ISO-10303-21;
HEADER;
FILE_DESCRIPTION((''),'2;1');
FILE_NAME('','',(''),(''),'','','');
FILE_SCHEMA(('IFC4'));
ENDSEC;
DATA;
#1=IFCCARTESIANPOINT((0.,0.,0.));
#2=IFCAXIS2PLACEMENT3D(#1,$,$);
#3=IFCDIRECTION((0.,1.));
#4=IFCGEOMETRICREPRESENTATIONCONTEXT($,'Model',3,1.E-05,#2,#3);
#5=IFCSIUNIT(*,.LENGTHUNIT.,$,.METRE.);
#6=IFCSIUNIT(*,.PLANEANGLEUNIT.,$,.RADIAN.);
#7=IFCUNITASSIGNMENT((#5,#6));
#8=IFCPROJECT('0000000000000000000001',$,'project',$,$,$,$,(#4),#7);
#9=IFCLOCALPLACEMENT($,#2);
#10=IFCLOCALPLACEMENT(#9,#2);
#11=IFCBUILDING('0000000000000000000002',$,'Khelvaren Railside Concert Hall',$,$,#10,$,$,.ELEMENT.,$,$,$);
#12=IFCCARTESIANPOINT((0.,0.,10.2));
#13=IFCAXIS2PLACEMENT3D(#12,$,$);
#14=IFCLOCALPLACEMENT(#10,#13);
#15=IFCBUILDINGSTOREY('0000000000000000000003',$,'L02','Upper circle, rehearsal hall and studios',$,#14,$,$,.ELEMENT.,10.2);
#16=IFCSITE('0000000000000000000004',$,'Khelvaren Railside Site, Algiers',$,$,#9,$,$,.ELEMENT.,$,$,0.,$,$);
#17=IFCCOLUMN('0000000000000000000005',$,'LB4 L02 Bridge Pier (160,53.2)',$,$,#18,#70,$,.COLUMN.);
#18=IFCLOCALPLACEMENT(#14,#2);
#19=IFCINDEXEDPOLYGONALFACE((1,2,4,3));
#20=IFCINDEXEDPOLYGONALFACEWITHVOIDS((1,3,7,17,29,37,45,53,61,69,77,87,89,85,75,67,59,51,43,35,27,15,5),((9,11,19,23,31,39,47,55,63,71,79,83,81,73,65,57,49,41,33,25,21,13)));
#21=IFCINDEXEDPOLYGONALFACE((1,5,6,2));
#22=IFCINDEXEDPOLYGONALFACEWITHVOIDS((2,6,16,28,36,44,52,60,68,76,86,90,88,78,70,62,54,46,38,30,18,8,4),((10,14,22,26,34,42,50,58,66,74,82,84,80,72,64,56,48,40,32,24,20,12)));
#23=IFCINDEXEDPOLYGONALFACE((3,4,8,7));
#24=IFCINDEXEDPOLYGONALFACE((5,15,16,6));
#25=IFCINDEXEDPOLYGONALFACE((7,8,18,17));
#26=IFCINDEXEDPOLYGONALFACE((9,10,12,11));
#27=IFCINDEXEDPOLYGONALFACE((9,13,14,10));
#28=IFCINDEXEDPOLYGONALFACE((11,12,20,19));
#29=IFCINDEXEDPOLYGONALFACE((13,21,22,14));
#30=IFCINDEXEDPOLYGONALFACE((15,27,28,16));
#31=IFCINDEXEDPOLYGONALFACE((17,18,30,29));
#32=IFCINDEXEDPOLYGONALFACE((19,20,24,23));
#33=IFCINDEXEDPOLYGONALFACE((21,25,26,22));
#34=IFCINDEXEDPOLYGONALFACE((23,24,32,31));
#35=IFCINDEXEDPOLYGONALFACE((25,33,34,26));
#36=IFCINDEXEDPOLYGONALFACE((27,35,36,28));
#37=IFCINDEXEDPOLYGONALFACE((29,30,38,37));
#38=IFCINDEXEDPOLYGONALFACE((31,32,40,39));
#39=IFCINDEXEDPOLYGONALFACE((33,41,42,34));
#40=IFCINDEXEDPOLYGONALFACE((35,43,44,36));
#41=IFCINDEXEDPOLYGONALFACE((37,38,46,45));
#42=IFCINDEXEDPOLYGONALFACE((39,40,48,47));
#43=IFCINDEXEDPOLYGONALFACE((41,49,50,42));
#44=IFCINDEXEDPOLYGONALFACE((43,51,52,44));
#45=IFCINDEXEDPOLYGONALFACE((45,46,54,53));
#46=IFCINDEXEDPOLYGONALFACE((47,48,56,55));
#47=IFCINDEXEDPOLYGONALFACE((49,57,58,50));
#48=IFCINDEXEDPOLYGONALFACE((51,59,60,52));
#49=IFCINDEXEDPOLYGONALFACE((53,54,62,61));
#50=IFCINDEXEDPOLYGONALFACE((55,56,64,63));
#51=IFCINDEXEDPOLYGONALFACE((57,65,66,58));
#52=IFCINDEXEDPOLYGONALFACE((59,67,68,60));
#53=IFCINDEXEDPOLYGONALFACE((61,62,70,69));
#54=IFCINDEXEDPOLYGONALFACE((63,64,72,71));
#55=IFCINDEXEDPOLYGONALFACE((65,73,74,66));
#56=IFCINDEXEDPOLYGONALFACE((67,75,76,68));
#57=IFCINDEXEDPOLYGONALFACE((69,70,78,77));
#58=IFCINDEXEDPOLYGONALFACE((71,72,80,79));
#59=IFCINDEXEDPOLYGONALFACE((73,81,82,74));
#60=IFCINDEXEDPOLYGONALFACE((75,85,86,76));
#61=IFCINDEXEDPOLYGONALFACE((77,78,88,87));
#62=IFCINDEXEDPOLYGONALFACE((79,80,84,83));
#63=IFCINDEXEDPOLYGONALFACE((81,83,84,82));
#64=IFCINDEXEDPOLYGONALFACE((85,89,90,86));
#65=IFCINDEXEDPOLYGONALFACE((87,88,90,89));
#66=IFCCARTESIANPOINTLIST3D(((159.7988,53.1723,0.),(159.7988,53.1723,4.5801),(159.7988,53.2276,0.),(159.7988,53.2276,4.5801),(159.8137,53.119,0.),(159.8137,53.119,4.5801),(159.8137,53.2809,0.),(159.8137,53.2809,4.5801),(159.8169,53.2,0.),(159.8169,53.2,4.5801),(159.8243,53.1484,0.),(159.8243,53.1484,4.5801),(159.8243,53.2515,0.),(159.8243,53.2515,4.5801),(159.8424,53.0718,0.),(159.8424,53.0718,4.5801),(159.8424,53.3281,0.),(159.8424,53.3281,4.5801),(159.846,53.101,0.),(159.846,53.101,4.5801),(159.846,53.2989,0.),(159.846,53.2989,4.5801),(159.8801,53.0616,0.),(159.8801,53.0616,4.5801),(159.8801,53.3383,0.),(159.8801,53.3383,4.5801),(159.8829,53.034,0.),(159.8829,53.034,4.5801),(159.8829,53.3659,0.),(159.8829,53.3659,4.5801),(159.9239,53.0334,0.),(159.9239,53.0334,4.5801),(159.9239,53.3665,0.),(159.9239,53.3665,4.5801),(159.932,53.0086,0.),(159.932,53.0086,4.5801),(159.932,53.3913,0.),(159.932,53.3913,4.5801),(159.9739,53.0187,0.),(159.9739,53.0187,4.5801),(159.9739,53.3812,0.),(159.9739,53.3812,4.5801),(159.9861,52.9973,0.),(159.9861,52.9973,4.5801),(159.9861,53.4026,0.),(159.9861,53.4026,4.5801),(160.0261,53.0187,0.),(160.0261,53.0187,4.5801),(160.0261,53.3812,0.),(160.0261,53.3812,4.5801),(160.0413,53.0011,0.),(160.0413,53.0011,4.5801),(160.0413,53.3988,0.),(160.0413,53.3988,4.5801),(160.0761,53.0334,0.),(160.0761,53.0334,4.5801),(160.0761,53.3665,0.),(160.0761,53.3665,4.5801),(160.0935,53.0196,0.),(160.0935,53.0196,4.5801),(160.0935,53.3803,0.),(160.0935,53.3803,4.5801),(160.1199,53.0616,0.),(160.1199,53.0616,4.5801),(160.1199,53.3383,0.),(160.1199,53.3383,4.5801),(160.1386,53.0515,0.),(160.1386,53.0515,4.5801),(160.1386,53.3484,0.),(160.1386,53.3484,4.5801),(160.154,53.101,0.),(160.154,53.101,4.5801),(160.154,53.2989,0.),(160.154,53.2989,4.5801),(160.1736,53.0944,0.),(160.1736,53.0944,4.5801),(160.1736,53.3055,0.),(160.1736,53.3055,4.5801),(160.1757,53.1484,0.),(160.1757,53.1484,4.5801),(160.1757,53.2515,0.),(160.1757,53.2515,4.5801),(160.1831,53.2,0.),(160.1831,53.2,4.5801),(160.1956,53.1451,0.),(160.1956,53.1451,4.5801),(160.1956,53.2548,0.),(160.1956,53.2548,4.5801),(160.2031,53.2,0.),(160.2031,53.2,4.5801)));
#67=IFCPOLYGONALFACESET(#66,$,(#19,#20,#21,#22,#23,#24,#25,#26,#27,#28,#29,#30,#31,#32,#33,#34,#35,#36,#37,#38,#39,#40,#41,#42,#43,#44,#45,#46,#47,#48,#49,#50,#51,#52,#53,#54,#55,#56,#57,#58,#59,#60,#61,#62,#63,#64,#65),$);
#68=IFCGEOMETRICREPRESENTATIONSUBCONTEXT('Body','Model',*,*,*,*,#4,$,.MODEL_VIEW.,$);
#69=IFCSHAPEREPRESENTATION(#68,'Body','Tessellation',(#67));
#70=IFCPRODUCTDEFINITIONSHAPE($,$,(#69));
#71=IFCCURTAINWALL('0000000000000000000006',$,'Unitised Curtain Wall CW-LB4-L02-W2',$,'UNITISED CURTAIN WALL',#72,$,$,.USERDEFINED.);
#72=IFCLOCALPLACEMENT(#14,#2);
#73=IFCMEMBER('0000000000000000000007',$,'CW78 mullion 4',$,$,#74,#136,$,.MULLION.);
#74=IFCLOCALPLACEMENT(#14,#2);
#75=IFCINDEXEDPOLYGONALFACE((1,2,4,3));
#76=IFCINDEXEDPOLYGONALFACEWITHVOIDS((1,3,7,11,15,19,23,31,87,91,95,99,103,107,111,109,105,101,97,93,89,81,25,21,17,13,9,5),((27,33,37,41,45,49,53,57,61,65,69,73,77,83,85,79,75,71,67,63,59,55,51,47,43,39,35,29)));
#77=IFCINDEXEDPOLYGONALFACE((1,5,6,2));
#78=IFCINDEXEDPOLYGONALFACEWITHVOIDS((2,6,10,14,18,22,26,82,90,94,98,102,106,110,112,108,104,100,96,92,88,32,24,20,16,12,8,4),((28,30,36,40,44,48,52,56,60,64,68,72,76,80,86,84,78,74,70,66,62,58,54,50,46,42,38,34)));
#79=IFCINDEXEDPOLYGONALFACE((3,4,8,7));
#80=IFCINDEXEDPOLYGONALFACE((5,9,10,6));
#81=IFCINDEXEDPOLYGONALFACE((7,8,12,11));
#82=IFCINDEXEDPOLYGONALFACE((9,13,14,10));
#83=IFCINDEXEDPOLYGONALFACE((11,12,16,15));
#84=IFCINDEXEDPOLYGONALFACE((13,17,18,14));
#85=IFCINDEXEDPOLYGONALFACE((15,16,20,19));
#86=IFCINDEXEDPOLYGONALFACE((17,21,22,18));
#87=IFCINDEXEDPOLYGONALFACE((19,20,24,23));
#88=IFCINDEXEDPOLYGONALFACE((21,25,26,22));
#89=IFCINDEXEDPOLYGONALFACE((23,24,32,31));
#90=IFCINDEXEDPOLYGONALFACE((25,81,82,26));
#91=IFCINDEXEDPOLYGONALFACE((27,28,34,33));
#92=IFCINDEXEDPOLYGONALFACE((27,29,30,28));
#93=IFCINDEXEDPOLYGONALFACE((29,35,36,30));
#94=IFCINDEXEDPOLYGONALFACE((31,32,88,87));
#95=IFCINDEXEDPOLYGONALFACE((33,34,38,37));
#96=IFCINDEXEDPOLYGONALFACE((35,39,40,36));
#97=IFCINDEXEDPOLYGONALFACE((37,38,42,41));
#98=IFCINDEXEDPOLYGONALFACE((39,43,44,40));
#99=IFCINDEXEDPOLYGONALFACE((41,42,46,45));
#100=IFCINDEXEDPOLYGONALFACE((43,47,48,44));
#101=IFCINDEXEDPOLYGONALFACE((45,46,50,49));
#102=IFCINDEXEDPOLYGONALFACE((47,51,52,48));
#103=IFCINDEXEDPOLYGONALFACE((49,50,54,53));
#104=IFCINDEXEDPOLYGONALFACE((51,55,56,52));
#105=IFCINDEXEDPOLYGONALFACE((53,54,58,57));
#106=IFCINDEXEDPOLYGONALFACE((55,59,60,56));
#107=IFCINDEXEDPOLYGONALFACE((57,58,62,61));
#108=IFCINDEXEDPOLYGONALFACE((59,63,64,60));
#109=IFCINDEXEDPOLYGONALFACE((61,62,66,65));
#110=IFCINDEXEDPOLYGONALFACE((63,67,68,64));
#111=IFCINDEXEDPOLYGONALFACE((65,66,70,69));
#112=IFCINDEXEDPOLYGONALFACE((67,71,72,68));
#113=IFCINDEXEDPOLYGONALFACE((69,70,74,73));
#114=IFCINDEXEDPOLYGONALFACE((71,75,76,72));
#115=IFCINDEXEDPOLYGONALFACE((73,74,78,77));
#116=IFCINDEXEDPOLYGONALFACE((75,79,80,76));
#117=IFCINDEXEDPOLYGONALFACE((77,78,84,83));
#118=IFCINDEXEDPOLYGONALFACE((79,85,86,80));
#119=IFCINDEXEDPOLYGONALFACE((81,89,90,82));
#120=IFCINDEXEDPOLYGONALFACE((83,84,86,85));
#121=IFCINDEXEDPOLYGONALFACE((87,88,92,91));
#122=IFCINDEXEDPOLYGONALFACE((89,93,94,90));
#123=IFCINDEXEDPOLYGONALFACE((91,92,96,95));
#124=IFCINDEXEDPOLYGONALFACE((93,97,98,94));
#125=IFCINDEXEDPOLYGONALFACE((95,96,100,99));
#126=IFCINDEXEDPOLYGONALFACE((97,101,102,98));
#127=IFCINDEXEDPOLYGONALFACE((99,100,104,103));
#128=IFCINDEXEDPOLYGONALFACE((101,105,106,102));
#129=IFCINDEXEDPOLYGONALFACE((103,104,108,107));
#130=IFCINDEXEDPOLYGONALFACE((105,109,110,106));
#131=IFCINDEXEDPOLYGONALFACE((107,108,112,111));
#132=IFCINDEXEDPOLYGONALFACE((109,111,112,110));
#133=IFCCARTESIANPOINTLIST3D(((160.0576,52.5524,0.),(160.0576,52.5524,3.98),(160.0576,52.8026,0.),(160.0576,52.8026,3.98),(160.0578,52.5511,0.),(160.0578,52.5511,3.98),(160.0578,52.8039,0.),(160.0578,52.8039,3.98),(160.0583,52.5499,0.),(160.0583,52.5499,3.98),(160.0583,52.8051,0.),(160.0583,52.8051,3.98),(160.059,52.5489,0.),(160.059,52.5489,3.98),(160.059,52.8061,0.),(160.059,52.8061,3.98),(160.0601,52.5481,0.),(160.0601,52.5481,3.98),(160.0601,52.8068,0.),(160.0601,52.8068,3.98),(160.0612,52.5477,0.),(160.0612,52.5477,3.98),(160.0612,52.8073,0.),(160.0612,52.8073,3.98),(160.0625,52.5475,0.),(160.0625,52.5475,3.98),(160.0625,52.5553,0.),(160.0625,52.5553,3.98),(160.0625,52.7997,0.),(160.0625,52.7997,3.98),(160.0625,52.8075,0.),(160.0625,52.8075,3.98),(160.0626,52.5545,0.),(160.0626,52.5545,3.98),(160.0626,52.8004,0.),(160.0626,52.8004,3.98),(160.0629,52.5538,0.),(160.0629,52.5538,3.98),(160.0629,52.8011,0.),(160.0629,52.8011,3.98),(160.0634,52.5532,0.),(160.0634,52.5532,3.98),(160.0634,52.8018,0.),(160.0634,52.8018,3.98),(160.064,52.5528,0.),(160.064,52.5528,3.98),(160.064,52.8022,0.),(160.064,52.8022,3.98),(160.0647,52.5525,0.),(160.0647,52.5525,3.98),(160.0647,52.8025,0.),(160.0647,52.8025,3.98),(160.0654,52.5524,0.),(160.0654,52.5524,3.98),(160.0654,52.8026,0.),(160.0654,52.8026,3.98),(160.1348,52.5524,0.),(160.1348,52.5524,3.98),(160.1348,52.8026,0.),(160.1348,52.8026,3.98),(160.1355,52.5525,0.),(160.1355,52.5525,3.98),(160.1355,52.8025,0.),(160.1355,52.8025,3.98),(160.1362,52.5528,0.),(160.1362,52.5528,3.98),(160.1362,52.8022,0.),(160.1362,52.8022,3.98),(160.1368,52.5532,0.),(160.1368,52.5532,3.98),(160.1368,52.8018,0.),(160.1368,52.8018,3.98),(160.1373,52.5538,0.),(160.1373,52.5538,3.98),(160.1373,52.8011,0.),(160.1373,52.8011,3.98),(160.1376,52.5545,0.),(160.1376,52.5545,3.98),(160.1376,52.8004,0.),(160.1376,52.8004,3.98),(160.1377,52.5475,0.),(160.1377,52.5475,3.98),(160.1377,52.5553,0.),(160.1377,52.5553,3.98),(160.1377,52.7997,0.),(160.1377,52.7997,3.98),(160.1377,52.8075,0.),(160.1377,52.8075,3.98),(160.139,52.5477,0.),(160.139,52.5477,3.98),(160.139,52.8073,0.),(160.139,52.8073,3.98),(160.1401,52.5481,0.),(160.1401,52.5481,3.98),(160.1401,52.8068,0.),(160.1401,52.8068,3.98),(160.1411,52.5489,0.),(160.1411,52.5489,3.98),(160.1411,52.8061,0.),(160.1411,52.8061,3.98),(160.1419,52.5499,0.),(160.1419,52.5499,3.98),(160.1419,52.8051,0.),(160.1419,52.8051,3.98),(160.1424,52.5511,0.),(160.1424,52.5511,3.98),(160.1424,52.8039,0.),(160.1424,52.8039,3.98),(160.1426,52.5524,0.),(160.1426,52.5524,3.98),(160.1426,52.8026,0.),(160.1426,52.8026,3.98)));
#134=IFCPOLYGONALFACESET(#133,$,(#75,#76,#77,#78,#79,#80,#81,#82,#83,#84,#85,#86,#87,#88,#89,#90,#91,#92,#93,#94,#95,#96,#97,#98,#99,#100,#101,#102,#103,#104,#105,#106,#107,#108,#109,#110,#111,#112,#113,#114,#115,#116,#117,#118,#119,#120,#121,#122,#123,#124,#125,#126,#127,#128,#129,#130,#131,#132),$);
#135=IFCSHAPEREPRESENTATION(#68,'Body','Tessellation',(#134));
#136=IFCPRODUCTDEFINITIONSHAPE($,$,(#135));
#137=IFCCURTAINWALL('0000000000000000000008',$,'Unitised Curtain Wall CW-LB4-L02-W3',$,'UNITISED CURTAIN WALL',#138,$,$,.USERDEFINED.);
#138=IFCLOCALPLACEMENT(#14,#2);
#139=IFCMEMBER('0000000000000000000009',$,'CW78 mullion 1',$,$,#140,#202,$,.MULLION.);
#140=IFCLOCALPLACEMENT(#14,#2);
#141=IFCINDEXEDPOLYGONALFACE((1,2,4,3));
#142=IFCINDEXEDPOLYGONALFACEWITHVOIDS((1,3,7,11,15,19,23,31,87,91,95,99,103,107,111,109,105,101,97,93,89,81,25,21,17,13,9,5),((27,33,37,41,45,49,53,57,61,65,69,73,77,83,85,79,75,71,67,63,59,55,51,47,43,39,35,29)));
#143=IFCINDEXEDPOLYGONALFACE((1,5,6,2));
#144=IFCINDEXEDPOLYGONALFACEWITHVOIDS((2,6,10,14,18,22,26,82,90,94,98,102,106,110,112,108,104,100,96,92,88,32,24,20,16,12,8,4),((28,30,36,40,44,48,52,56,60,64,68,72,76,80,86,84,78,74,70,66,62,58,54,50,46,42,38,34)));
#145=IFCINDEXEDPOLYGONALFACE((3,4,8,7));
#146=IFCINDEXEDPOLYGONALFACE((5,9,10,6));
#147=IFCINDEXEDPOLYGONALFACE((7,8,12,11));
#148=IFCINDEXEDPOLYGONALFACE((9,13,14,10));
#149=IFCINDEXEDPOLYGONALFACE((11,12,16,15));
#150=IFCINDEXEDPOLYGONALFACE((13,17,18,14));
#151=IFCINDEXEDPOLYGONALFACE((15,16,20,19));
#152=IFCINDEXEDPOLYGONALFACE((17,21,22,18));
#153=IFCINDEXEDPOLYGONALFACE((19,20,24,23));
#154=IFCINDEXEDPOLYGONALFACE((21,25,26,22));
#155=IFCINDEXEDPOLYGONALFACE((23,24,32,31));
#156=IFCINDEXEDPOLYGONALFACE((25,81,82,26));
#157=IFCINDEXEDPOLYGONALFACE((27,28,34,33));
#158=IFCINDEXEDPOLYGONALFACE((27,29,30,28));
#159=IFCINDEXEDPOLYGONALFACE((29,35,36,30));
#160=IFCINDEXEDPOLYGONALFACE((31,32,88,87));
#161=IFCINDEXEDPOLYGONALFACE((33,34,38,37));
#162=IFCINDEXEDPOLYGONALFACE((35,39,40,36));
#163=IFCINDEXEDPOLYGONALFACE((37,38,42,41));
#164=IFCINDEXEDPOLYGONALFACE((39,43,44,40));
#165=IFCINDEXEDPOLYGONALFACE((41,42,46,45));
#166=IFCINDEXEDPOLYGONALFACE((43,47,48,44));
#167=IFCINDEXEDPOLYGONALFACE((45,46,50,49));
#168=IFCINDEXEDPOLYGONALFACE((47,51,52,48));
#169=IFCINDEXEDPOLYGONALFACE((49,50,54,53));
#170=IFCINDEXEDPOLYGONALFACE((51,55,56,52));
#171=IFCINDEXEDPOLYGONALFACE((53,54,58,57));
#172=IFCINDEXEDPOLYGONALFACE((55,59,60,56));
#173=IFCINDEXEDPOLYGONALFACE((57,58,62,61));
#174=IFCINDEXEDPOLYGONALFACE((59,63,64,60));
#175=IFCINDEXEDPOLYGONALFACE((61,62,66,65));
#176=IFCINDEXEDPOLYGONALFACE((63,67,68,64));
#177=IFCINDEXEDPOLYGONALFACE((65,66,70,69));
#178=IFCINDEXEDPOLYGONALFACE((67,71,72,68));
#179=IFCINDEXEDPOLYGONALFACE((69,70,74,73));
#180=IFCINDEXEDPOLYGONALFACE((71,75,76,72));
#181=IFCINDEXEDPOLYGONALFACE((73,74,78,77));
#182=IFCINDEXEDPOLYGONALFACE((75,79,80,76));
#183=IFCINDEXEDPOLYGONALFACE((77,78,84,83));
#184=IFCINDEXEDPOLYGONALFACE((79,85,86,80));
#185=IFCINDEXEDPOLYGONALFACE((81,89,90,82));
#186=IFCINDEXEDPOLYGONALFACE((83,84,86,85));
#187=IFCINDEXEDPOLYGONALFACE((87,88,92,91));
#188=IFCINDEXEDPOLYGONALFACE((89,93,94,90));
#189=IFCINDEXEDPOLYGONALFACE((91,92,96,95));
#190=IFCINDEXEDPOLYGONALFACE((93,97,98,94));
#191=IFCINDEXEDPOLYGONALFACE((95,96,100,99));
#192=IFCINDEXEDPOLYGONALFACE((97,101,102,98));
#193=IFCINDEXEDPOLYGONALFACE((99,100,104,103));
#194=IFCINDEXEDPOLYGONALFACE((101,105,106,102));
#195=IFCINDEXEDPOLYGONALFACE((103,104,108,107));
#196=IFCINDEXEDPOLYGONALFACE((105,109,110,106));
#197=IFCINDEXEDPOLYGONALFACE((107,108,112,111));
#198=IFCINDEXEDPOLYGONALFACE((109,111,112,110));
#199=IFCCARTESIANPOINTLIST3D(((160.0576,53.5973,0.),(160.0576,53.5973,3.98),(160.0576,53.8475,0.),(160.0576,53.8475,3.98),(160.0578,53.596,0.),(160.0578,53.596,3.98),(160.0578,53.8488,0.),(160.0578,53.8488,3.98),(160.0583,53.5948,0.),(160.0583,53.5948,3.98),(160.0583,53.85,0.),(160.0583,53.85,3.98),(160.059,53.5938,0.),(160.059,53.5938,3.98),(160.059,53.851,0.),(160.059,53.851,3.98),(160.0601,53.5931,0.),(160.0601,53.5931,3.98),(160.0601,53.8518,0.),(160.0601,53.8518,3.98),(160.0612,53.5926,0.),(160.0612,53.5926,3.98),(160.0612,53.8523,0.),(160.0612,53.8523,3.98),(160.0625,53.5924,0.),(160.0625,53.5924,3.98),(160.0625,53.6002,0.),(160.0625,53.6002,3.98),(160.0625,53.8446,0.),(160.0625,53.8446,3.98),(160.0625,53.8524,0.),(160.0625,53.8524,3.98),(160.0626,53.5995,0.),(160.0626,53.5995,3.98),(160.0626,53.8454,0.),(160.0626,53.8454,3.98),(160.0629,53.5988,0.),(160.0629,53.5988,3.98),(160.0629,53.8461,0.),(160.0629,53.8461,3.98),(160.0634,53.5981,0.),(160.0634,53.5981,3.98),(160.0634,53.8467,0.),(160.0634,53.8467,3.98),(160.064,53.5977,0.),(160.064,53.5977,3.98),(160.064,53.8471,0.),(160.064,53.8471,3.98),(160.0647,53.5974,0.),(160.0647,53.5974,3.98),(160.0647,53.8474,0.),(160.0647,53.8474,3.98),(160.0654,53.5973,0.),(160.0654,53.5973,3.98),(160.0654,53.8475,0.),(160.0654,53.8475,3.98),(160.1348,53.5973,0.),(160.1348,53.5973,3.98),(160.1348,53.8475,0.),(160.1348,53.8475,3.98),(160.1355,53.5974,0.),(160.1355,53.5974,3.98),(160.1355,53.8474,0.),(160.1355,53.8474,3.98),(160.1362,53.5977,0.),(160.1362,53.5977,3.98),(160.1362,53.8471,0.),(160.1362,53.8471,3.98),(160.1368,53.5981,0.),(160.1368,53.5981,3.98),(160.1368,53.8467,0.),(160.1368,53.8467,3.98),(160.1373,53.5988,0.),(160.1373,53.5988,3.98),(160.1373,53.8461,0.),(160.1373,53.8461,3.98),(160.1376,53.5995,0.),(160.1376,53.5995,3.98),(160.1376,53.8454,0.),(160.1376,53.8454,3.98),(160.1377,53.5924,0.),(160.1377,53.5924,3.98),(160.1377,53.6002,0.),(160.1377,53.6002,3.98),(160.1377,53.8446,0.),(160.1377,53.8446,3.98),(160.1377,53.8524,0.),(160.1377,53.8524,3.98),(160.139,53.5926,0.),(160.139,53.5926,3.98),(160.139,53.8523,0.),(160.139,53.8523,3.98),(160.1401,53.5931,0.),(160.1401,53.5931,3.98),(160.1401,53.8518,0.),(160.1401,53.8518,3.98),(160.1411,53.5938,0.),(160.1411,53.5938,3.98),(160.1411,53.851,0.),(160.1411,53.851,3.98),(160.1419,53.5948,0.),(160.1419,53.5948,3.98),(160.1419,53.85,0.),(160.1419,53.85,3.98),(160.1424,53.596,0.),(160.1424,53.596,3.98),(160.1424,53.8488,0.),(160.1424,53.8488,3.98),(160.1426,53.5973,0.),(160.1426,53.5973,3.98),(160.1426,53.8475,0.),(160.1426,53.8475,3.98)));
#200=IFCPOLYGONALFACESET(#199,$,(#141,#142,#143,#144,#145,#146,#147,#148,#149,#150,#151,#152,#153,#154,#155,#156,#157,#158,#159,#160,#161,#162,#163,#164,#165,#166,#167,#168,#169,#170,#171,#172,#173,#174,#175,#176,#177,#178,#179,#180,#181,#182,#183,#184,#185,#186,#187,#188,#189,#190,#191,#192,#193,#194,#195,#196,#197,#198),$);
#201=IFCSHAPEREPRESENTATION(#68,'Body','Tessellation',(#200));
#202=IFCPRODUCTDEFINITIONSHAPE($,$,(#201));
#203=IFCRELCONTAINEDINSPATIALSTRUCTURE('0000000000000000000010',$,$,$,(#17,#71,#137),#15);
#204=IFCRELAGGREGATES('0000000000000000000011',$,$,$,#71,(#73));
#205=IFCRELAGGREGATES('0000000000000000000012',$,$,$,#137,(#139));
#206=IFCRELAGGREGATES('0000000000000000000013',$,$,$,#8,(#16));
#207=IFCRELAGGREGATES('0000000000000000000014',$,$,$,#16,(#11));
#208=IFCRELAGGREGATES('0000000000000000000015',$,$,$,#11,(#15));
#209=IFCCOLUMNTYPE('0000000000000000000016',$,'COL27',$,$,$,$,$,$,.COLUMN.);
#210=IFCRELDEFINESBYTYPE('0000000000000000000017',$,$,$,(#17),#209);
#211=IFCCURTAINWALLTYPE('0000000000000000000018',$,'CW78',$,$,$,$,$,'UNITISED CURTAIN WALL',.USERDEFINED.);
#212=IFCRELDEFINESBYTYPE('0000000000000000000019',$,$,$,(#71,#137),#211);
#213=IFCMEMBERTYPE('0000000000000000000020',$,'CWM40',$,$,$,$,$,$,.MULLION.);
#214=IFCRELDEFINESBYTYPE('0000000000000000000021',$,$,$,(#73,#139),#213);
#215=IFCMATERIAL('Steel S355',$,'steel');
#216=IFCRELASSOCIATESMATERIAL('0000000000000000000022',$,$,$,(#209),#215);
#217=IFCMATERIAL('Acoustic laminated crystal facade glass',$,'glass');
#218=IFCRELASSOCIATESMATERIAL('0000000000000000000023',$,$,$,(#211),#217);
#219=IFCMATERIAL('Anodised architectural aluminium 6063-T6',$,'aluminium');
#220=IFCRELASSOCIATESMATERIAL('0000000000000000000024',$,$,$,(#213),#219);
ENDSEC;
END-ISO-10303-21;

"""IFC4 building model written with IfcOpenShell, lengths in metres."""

from ifc_helpers import new_model, si_unit, direction, frame, origin, origin_2d, place, context, subcontext, project, spatial, hollow_rectangle, hollow_circle, extrude, material, material_profile, profile_set, type_object, element, aggregate, save


model = new_model("IFC4")

# Units and contexts
model_context = context("Model", 3, precision=1e-05, world=origin(), true_north=direction((0.0, 1.0)))
body_context = subcontext(model_context, "Body", "Model", "MODEL_VIEW")
ifc_project = project(units=[si_unit("LENGTHUNIT", "METRE"), si_unit("PLANEANGLEUNIT", "RADIAN")], contexts=[model_context])

# Site, building, storey
site_placement = place(None, origin())
site = spatial("IfcSite", under=ifc_project, at=site_placement, Name="Khelvaren Railside Site, Algiers", CompositionType="ELEMENT", RefElevation=0.0)
building_placement = place(site_placement, origin())
building = spatial("IfcBuilding", under=site, at=building_placement, Name="Khelvaren Railside Concert Hall", CompositionType="ELEMENT")
storey_placement = place(building_placement, frame((0.0, 0.0, 10.2)))
storey = spatial("IfcBuildingStorey", under=building, at=storey_placement, Name="L02", Description="Upper circle, rehearsal hall and studios", CompositionType="ELEMENT", Elevation=10.2)

# Column
ifc_material_1 = material(Name="Steel S355", Category="steel")
ifc_material_profile_1 = material_profile(ifc_material_1, hollow_circle(Radius=0.2031, WallThickness=0.02, at=origin_2d()), Name="CHS 406.4x20")
ifc_profile_set_1 = profile_set([ifc_material_profile_1], Name="Steel S355")
column_type = type_object("IfcColumnType", Name="COL27", PredefinedType="COLUMN", material=ifc_profile_set_1)
column_placement = place(storey_placement, frame((160.0, 53.2, 0.0), z_axis=(0.0, 0.0, 1.0), x_axis=(1.0, 0.0, 0.0)))
element("IfcColumn", 1, at=column_placement, inside=storey, type_object=column_type, Name="LB4 L02 Bridge Pier (160,53.2)", PredefinedType="COLUMN", context=body_context, shape_type="SweptSolid", body=[
    extrude(hollow_circle(Radius=0.2031, WallThickness=0.02, at=origin_2d()), origin(), (0.0, 0.0, 1.0), 4.5801),
])

# Curtain wall, member
ifc_material_2 = material(Name="Acoustic laminated crystal facade glass", Category="glass")
curtain_wall_type = type_object("IfcCurtainWallType", Name="CW78", ElementType="UNITISED CURTAIN WALL", PredefinedType="USERDEFINED", material=ifc_material_2)
curtain_wall_1_placement = place(storey_placement, origin())
curtain_wall_1 = element("IfcCurtainWall", 2, at=curtain_wall_1_placement, inside=storey, type_object=curtain_wall_type, Name="Unitised Curtain Wall CW-LB4-L02-W2", ObjectType="UNITISED CURTAIN WALL", PredefinedType="USERDEFINED")
ifc_material_3 = material(Name="Anodised architectural aluminium 6063-T6", Category="aluminium")
ifc_material_profile_2 = material_profile(ifc_material_3, hollow_rectangle(XDim=0.085, YDim=0.26, WallThickness=0.0049, InnerFilletRadius=0.0029, OuterFilletRadius=0.0049, at=origin_2d()), Name="CWM 85x260x5")
ifc_profile_set_2 = profile_set([ifc_material_profile_2], Name="Anodised architectural aluminium 6063-T6")
member_type_1 = type_object("IfcMemberType", Name="CWM40", PredefinedType="MULLION", material=ifc_profile_set_2)
member_1_placement = place(storey_placement, frame((160.1001, 52.6775, 0.0), z_axis=(0.0, 0.0, 1.0), x_axis=(-1.0, 0.0, 0.0)))
member_1 = element("IfcMember", 3, at=member_1_placement, type_object=member_type_1, Name="CW78 mullion 4", PredefinedType="MULLION", context=body_context, shape_type="SweptSolid", body=[
    extrude(hollow_rectangle(XDim=0.085, YDim=0.26, WallThickness=0.0049, InnerFilletRadius=0.0029, OuterFilletRadius=0.0049, at=origin_2d()), origin(), (0.0, 0.0, 1.0), 3.98),
])

# Curtain wall, member
curtain_wall_2_placement = place(storey_placement, origin())
curtain_wall_2 = element("IfcCurtainWall", 4, at=curtain_wall_2_placement, inside=storey, type_object=curtain_wall_type, Name="Unitised Curtain Wall CW-LB4-L02-W3", ObjectType="UNITISED CURTAIN WALL", PredefinedType="USERDEFINED")
member_2_placement = place(storey_placement, frame((160.1001, 53.7224, 0.0), z_axis=(0.0, 0.0, 1.0), x_axis=(-1.0, 0.0, 0.0)))
member_2 = element("IfcMember", 5, at=member_2_placement, type_object=member_type_1, Name="CW78 mullion 1", PredefinedType="MULLION", context=body_context, shape_type="SweptSolid", body=[
    extrude(hollow_rectangle(XDim=0.085, YDim=0.26, WallThickness=0.0049, InnerFilletRadius=0.0029, OuterFilletRadius=0.0049, at=origin_2d()), origin(), (0.0, 0.0, 1.0), 3.98),
])

aggregate(curtain_wall_1, [member_1])
aggregate(curtain_wall_2, [member_2])

save(model, "model.ifc")
